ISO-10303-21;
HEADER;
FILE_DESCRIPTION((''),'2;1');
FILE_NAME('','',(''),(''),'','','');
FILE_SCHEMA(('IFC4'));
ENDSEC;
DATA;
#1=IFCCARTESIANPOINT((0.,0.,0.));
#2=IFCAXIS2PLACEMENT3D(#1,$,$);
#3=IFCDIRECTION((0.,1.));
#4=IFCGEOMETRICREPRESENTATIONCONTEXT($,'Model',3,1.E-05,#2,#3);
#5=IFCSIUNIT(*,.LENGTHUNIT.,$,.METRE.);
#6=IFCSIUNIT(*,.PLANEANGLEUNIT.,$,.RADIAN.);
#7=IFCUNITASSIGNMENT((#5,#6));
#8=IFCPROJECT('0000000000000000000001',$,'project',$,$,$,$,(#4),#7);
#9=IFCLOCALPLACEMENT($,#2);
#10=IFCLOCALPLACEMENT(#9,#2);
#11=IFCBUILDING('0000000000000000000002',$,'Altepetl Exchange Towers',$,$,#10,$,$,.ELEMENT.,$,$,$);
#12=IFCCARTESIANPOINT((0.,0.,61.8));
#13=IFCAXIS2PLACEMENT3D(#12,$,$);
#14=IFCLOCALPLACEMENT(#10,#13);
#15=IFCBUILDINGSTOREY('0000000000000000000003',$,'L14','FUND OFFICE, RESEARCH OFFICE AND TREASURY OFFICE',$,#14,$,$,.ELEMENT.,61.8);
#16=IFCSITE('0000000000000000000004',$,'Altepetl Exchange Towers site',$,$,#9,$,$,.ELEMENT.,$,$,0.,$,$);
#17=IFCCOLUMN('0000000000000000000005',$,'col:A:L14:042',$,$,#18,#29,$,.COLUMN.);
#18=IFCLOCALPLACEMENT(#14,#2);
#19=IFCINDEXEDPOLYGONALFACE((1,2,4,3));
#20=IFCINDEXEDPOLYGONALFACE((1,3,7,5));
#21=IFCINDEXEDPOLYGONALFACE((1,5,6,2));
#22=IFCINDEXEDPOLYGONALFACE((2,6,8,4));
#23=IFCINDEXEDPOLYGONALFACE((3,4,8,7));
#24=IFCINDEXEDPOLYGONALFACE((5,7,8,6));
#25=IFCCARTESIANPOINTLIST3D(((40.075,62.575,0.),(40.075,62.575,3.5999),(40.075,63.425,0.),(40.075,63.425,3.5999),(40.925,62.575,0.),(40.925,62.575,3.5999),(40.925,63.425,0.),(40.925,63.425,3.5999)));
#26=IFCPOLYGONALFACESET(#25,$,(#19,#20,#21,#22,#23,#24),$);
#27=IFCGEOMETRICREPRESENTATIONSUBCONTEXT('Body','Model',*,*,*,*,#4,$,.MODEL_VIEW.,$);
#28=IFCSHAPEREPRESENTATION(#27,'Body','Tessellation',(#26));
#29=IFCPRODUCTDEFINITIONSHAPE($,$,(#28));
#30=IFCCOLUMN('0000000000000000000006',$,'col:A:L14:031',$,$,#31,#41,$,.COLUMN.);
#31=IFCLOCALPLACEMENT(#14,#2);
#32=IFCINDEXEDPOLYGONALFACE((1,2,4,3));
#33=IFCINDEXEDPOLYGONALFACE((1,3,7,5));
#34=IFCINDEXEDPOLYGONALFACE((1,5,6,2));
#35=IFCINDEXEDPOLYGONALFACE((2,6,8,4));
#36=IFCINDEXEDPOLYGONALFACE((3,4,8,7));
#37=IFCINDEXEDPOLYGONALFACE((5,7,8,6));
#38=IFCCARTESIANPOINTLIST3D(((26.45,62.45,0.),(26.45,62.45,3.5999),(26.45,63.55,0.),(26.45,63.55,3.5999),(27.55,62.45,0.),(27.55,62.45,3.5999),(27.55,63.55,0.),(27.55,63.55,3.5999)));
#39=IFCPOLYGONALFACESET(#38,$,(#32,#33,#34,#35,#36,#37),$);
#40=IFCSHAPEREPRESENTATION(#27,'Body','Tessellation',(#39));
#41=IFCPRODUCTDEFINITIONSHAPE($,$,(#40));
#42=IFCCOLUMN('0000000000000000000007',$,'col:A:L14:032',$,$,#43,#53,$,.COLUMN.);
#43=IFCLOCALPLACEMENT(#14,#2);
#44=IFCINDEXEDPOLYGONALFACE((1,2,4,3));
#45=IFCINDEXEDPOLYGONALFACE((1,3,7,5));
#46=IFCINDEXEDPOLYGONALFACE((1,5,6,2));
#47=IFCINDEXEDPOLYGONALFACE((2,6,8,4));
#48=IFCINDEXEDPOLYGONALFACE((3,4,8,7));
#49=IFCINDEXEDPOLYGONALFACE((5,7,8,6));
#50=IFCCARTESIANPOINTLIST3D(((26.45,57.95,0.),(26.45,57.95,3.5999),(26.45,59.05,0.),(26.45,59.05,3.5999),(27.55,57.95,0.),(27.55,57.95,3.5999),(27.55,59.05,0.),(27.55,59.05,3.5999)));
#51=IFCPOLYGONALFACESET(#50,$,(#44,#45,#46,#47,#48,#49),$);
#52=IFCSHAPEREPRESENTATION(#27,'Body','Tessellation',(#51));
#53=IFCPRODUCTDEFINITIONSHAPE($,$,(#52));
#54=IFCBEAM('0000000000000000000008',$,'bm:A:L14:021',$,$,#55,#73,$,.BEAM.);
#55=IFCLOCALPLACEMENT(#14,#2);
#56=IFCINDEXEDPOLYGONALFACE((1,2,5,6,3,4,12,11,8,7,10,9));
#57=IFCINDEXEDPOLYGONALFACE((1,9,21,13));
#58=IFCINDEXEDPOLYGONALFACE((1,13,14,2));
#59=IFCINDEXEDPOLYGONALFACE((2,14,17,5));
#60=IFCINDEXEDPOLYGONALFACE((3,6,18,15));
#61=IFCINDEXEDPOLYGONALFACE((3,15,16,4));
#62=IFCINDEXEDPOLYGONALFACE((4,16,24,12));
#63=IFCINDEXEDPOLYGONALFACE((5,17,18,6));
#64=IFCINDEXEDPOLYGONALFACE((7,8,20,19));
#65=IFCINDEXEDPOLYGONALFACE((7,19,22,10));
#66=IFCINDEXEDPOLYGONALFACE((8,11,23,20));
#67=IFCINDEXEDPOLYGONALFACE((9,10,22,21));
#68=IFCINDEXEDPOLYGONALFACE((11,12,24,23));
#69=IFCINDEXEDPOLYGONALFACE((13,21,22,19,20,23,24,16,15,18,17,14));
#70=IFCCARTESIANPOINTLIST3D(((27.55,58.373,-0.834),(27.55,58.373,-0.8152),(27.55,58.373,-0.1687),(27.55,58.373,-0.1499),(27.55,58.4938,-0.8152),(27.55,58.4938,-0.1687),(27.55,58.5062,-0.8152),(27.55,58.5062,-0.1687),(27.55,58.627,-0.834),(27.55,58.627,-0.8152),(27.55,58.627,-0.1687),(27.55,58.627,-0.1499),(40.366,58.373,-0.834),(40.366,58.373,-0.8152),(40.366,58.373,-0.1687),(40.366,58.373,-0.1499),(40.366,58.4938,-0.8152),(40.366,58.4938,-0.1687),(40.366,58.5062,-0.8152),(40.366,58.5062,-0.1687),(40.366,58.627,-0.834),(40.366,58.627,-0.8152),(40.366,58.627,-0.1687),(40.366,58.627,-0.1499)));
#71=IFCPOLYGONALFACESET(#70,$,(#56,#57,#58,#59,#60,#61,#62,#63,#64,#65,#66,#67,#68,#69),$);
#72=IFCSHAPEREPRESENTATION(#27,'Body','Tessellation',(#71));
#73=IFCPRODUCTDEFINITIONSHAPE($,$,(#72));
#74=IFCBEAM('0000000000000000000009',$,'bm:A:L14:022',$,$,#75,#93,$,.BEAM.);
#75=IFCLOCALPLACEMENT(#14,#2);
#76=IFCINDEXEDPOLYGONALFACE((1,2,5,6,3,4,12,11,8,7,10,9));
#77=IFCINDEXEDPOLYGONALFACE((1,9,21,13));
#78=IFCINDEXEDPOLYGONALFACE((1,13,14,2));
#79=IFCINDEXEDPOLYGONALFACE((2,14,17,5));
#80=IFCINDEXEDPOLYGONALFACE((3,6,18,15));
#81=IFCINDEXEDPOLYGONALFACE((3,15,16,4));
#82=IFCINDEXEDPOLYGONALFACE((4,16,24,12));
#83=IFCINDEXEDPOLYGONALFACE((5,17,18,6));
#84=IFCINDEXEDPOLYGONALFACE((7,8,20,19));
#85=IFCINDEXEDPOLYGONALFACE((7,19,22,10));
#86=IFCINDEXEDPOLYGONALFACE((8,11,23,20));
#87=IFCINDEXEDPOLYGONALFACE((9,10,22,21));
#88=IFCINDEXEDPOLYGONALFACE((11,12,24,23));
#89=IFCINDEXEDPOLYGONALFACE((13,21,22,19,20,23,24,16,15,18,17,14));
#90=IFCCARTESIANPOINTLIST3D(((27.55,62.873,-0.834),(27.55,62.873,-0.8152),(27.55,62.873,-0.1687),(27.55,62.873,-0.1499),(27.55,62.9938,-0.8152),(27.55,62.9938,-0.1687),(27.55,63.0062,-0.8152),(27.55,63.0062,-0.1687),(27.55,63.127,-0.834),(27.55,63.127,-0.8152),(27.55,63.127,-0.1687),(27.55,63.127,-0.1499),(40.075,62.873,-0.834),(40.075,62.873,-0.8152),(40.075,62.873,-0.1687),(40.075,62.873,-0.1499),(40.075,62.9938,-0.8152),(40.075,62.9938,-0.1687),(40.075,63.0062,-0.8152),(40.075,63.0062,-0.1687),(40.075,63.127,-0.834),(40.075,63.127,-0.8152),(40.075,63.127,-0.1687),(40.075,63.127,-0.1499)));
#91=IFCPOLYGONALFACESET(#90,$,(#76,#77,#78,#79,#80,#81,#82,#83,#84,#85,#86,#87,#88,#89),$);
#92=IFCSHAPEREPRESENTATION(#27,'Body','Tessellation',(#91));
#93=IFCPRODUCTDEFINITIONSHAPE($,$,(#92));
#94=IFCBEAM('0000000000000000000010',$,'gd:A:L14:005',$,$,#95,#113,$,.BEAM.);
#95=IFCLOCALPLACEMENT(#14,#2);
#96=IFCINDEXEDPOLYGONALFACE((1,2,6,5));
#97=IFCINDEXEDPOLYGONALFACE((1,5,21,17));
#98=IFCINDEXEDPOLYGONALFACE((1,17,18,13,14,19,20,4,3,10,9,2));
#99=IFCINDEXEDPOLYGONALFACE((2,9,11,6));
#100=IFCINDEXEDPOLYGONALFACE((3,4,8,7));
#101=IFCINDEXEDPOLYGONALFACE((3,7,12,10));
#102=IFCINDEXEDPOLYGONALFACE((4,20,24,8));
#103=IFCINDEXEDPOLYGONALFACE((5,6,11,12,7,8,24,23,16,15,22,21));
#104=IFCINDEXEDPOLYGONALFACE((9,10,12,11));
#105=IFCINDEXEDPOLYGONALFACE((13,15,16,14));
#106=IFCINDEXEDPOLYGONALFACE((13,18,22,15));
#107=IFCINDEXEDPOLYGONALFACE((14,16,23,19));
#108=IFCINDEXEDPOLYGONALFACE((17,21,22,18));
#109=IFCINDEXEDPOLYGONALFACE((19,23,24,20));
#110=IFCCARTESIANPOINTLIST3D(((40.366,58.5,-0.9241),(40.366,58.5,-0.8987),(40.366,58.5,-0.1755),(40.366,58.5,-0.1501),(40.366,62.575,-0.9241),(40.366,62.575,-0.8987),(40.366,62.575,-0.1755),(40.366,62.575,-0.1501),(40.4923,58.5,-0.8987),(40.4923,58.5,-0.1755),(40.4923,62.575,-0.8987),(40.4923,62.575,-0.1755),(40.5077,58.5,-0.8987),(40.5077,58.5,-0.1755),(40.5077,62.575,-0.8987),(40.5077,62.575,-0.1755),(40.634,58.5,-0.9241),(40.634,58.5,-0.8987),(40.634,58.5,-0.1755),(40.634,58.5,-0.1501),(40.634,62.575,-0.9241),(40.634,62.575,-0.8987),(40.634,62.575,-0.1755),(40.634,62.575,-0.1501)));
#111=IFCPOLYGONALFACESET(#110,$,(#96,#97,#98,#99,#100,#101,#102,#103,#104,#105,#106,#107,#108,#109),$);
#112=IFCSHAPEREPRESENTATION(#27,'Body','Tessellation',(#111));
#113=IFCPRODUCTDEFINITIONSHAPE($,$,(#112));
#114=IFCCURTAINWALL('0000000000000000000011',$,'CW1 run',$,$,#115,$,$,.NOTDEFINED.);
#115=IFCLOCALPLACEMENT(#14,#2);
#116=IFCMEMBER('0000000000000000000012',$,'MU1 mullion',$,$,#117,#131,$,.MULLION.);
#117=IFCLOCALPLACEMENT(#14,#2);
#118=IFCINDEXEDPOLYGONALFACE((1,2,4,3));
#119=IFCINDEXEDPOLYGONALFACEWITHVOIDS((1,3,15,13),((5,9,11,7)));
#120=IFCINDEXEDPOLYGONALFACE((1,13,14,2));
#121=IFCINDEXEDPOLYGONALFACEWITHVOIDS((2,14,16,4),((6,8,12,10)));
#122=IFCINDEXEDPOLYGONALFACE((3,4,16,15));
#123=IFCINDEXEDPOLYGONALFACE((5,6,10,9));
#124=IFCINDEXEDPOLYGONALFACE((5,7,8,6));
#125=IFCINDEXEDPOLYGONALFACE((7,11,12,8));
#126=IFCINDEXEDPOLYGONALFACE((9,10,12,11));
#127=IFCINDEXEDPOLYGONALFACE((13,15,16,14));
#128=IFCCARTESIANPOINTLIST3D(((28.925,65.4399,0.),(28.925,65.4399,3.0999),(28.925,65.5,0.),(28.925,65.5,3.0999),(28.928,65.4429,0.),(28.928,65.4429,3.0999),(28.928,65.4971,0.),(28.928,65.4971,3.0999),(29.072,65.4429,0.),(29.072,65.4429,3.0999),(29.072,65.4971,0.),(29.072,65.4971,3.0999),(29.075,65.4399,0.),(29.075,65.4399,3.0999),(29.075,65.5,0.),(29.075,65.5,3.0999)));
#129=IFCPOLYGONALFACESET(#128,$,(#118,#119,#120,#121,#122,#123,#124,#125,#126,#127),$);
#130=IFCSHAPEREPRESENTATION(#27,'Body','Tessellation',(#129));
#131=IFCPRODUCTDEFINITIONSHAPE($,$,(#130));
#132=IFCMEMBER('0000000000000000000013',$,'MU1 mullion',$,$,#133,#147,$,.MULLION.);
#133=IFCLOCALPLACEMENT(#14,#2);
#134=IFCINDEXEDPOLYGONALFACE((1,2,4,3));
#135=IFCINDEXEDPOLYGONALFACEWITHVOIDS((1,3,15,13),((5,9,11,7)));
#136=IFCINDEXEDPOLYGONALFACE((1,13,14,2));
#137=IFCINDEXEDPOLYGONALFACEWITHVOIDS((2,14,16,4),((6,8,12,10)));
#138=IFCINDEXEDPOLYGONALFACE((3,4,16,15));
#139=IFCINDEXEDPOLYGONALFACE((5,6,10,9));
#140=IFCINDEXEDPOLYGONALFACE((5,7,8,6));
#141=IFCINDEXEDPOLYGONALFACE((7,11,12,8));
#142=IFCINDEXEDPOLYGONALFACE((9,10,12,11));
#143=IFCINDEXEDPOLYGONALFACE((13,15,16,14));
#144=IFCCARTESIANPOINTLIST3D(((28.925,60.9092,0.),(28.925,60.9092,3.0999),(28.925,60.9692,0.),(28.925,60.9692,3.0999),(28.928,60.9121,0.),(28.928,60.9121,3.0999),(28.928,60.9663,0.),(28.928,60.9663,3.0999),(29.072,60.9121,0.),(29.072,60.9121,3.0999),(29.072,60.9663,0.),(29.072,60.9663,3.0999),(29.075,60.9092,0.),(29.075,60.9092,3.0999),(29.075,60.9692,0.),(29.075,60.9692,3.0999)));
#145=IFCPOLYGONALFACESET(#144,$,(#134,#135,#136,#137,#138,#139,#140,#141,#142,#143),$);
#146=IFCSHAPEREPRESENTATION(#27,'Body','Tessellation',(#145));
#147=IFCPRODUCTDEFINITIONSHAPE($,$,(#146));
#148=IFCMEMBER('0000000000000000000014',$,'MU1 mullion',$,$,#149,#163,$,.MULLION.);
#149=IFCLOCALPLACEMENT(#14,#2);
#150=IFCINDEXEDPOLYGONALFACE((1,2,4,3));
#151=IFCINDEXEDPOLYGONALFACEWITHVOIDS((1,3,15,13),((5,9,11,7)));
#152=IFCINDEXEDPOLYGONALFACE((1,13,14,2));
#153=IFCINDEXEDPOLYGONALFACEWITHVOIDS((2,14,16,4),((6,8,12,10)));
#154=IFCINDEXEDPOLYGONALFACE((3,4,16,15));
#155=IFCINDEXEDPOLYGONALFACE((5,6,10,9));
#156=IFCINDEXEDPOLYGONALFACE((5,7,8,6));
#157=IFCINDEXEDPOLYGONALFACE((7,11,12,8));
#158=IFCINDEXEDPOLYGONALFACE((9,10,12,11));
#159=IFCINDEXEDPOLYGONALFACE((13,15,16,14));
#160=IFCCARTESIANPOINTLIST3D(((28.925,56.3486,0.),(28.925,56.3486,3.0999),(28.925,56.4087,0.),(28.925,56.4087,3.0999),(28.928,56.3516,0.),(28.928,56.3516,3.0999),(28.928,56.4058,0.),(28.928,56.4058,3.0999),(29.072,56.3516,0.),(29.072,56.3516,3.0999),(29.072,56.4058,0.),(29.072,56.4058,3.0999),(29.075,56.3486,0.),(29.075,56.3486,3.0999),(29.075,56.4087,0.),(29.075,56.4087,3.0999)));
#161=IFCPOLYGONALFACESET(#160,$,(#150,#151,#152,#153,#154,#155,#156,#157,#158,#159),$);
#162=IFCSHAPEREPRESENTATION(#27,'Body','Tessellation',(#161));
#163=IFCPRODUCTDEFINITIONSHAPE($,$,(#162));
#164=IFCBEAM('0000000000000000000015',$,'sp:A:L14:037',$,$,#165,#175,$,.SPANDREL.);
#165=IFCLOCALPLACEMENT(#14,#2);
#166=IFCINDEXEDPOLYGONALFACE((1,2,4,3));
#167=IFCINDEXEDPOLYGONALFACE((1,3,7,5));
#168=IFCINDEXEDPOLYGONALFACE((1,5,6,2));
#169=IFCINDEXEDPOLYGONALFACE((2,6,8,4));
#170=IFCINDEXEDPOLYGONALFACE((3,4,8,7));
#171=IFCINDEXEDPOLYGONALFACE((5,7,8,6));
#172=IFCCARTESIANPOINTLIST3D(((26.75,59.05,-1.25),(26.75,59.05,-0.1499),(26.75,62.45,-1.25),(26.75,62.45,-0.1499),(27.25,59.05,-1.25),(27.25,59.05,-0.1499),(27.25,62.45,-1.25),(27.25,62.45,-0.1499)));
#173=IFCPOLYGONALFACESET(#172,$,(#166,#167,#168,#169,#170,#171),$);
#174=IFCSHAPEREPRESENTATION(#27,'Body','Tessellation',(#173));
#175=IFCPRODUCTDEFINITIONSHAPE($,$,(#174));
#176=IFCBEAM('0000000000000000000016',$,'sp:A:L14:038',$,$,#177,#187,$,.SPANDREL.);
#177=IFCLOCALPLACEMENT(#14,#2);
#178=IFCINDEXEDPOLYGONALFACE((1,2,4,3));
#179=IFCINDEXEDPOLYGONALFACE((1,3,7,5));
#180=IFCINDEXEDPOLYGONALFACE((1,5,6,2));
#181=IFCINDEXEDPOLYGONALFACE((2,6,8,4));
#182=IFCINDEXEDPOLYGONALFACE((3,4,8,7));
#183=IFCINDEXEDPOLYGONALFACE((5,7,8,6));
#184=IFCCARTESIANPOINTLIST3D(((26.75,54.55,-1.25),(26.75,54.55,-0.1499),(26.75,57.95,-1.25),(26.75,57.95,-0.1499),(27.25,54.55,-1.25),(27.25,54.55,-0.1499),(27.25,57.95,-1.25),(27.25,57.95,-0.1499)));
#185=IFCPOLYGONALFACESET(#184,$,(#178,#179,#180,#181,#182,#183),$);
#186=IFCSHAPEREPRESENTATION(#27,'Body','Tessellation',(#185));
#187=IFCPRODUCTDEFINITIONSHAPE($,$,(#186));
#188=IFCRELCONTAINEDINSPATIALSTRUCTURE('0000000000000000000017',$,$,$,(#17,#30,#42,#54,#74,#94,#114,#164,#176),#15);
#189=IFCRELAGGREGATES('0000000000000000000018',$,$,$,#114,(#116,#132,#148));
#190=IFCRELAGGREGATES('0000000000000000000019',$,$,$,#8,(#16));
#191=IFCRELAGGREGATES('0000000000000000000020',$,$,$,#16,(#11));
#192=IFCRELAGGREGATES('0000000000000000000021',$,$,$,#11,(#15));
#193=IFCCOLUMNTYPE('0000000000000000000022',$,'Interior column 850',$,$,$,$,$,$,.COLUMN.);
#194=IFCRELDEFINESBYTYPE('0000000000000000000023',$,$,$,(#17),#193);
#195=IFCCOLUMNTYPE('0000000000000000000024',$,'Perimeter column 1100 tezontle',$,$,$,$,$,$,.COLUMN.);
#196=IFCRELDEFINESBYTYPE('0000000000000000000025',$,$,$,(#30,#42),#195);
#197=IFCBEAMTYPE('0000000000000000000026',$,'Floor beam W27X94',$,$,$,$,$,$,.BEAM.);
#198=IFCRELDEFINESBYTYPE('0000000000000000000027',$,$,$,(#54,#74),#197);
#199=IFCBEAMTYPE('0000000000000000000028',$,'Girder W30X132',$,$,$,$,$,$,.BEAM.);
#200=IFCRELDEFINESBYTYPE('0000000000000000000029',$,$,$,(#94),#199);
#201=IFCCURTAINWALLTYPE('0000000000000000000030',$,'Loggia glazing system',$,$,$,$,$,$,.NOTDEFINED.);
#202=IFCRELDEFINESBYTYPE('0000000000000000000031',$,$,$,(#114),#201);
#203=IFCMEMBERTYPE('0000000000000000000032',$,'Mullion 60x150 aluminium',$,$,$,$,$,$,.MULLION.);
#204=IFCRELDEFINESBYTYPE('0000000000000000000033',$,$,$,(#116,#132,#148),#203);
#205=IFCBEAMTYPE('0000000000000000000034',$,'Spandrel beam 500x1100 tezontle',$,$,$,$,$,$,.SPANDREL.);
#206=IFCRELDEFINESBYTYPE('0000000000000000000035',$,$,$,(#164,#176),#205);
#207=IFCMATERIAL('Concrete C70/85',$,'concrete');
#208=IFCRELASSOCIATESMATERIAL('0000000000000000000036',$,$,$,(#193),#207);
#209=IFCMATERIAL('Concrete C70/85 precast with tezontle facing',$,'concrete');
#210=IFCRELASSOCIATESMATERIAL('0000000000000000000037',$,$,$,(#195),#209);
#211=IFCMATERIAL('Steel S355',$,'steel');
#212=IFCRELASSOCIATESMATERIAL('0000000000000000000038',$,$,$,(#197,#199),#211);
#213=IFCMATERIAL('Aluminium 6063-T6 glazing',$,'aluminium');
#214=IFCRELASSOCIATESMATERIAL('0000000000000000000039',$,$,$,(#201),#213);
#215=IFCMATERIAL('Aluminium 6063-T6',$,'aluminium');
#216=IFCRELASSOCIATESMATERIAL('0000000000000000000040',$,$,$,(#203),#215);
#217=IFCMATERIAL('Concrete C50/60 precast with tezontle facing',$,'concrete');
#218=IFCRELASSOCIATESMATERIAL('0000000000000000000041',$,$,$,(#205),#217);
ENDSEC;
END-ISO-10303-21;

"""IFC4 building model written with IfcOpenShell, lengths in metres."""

from ifc_helpers import new_model, si_unit, direction, frame, origin, origin_2d, place, context, subcontext, project, spatial, rectangle, hollow_rectangle, i_section, extrude, material, material_profile, profile_set, type_object, element, aggregate, save


model = new_model("IFC4")

# Units and contexts
model_context = context("Model", 3, precision=1e-05, world=origin(), true_north=direction((0.0, 1.0)))
body_context = subcontext(model_context, "Body", "Model", "MODEL_VIEW")
ifc_project = project(units=[si_unit("LENGTHUNIT", "METRE"), si_unit("PLANEANGLEUNIT", "RADIAN")], contexts=[model_context])

# Site, building, storey
site_placement = place(None, origin())
site = spatial("IfcSite", under=ifc_project, at=site_placement, Name="Altepetl Exchange Towers site", CompositionType="ELEMENT", RefElevation=0.0)
building_placement = place(site_placement, origin())
building = spatial("IfcBuilding", under=site, at=building_placement, Name="Altepetl Exchange Towers", CompositionType="ELEMENT")
storey_placement = place(building_placement, frame((0.0, 0.0, 61.8)))
storey = spatial("IfcBuildingStorey", under=building, at=storey_placement, Name="L14", Description="FUND OFFICE, RESEARCH OFFICE AND TREASURY OFFICE", CompositionType="ELEMENT", Elevation=61.8)

# Columns
ifc_material_1 = material(Name="Concrete C70/85", Category="concrete")
ifc_material_profile_1 = material_profile(ifc_material_1, rectangle(XDim=0.8501, YDim=0.8501, at=origin_2d()), Name="850 x 850")
ifc_profile_set_1 = profile_set([ifc_material_profile_1], Name="Concrete C70/85")
column_type_1 = type_object("IfcColumnType", Name="Interior column 850", PredefinedType="COLUMN", material=ifc_profile_set_1)
column_placement = place(storey_placement, frame((40.5, 63.0, 0.0)))
element("IfcColumn", 1, at=column_placement, inside=storey, type_object=column_type_1, Name="col:A:L14:042", PredefinedType="COLUMN", context=body_context, shape_type="SweptSolid", body=[
    extrude(rectangle(XDim=0.8501, YDim=0.8501, at=origin_2d()), origin(), (0.0, 0.0, 1.0), 3.5999),
])
ifc_material_2 = material(Name="Concrete C70/85 precast with tezontle facing", Category="concrete")
ifc_material_profile_2 = material_profile(ifc_material_2, rectangle(XDim=1.1001, YDim=1.1001, at=origin_2d()), Name="1100 x 1100")
ifc_profile_set_2 = profile_set([ifc_material_profile_2], Name="Concrete C70/85 precast with tezontle facing")
column_type_2 = type_object("IfcColumnType", Name="Perimeter column 1100 tezontle", PredefinedType="COLUMN", material=ifc_profile_set_2)
for number, where, name in (
    (2, (27.0, 63.0, 0.0), "col:A:L14:031"),
    (3, (27.0, 58.5, 0.0), "col:A:L14:032"),
):
    element("IfcColumn", number, at=place(storey_placement, frame(where)), inside=storey, type_object=column_type_2, Name=name, PredefinedType="COLUMN", context=body_context, shape_type="SweptSolid", body=[
        extrude(rectangle(XDim=1.1001, YDim=1.1001, at=origin_2d()), origin(), (0.0, 0.0, 1.0), 3.5999),
    ])

# Beams
ifc_material_3 = material(Name="Steel S355", Category="steel")
ifc_material_profile_3 = material_profile(ifc_material_3, i_section(OverallWidth=0.2539, OverallDepth=0.6841, WebThickness=0.0125, FlangeThickness=0.0188, at=origin_2d()), Name="W27X94")
ifc_profile_set_3 = profile_set([ifc_material_profile_3], Name="Steel S355")
beam_type_1 = type_object("IfcBeamType", Name="Floor beam W27X94", PredefinedType="BEAM", material=ifc_profile_set_3)
beam_1_placement = place(storey_placement, frame((27.55, 58.5, -0.4919), z_axis=(1.0, 0.0, 0.0), x_axis=(0.0, 1.0, 0.0)))
element("IfcBeam", 4, at=beam_1_placement, inside=storey, type_object=beam_type_1, Name="bm:A:L14:021", PredefinedType="BEAM", context=body_context, shape_type="SweptSolid", body=[
    extrude(i_section(OverallWidth=0.2539, OverallDepth=0.6841, WebThickness=0.0125, FlangeThickness=0.0188, at=origin_2d()), origin(), (0.0, 0.0, 1.0), 12.8159),
])
beam_2_placement = place(storey_placement, frame((27.55, 63.0, -0.4919), z_axis=(1.0, 0.0, 0.0), x_axis=(0.0, 1.0, 0.0)))
element("IfcBeam", 5, at=beam_2_placement, inside=storey, type_object=beam_type_1, Name="bm:A:L14:022", PredefinedType="BEAM", context=body_context, shape_type="SweptSolid", body=[
    extrude(i_section(OverallWidth=0.2539, OverallDepth=0.6841, WebThickness=0.0125, FlangeThickness=0.0188, at=origin_2d()), origin(), (0.0, 0.0, 1.0), 12.5249),
])
ifc_material_profile_4 = material_profile(ifc_material_3, i_section(OverallWidth=0.2681, OverallDepth=0.7739, WebThickness=0.0154, FlangeThickness=0.0254, at=origin_2d()), Name="W30X132")
ifc_profile_set_4 = profile_set([ifc_material_profile_4], Name="Steel S355")
beam_type_2 = type_object("IfcBeamType", Name="Girder W30X132", PredefinedType="BEAM", material=ifc_profile_set_4)
beam_3_placement = place(storey_placement, frame((40.5, 62.575, -0.5371), z_axis=(0.0, -1.0, 0.0), x_axis=(1.0, 0.0, 0.0)))
element("IfcBeam", 6, at=beam_3_placement, inside=storey, type_object=beam_type_2, Name="gd:A:L14:005", PredefinedType="BEAM", context=body_context, shape_type="SweptSolid", body=[
    extrude(i_section(OverallWidth=0.2681, OverallDepth=0.7739, WebThickness=0.0154, FlangeThickness=0.0254, at=origin_2d()), origin(), (0.0, 0.0, 1.0), 4.075),
])

# Curtain wall, members
ifc_material_4 = material(Name="Aluminium 6063-T6 glazing", Category="aluminium")
curtain_wall_type = type_object("IfcCurtainWallType", Name="Loggia glazing system", PredefinedType="NOTDEFINED", material=ifc_material_4)
curtain_wall_placement = place(storey_placement, origin())
curtain_wall = element("IfcCurtainWall", 7, at=curtain_wall_placement, inside=storey, type_object=curtain_wall_type, Name="CW1 run", PredefinedType="NOTDEFINED")
ifc_material_5 = material(Name="Aluminium 6063-T6", Category="aluminium")
ifc_material_profile_5 = material_profile(ifc_material_5, hollow_rectangle(XDim=0.0601, YDim=0.1499, WallThickness=0.0029, at=origin_2d()), Name="Mullion 60x150 aluminium")
ifc_profile_set_5 = profile_set([ifc_material_profile_5], Name="Aluminium 6063-T6")
member_type = type_object("IfcMemberType", Name="Mullion 60x150 aluminium", PredefinedType="MULLION", material=ifc_profile_set_5)
member_1_placement = place(storey_placement, frame((29.0, 65.47, 0.0), z_axis=(0.0, 0.0, 1.0), x_axis=(0.0, -1.0, 0.0)))
member_1 = element("IfcMember", 8, at=member_1_placement, type_object=member_type, Name="MU1 mullion", PredefinedType="MULLION", context=body_context, shape_type="SweptSolid", body=[
    extrude(hollow_rectangle(XDim=0.0601, YDim=0.1499, WallThickness=0.0029, at=origin_2d()), origin(), (0.0, 0.0, 1.0), 3.0999),
])
member_2_placement = place(storey_placement, frame((29.0, 60.9392, 0.0), z_axis=(0.0, 0.0, 1.0), x_axis=(0.0, -1.0, 0.0)))
member_2 = element("IfcMember", 9, at=member_2_placement, type_object=member_type, Name="MU1 mullion", PredefinedType="MULLION", context=body_context, shape_type="SweptSolid", body=[
    extrude(hollow_rectangle(XDim=0.0601, YDim=0.1499, WallThickness=0.0029, at=origin_2d()), origin(), (0.0, 0.0, 1.0), 3.0999),
])
member_3_placement = place(storey_placement, frame((29.0, 56.3787, 0.0), z_axis=(0.0, 0.0, 1.0), x_axis=(0.0, -1.0, 0.0)))
member_3 = element("IfcMember", 10, at=member_3_placement, type_object=member_type, Name="MU1 mullion", PredefinedType="MULLION", context=body_context, shape_type="SweptSolid", body=[
    extrude(hollow_rectangle(XDim=0.0601, YDim=0.1499, WallThickness=0.0029, at=origin_2d()), origin(), (0.0, 0.0, 1.0), 3.0999),
])

# Beams
ifc_material_6 = material(Name="Concrete C50/60 precast with tezontle facing", Category="concrete")
ifc_material_profile_6 = material_profile(ifc_material_6, rectangle(XDim=0.5, YDim=1.1001, at=origin_2d()), Name="500 x 1100")
ifc_profile_set_6 = profile_set([ifc_material_profile_6], Name="Concrete C50/60 precast with tezontle facing")
beam_type_3 = type_object("IfcBeamType", Name="Spandrel beam 500x1100 tezontle", PredefinedType="SPANDREL", material=ifc_profile_set_6)
for number, where, z_axis, x_axis, name in (
    (11, (27.0, 62.45, -0.7), (0.0, -1.0, 0.0), (1.0, 0.0, 0.0), "sp:A:L14:037"),
    (12, (27.0, 57.95, -0.7), (0.0, -1.0, 0.0), (1.0, 0.0, 0.0), "sp:A:L14:038"),
):
    element("IfcBeam", number, at=place(storey_placement, frame(where, z_axis=z_axis, x_axis=x_axis)), inside=storey, type_object=beam_type_3, Name=name, PredefinedType="SPANDREL", context=body_context, shape_type="SweptSolid", body=[
        extrude(rectangle(XDim=0.5, YDim=1.1001, at=origin_2d()), origin(), (0.0, 0.0, 1.0), 3.3999),
    ])

aggregate(curtain_wall, [member_1, member_2, member_3])

save(model, "model.ifc")
